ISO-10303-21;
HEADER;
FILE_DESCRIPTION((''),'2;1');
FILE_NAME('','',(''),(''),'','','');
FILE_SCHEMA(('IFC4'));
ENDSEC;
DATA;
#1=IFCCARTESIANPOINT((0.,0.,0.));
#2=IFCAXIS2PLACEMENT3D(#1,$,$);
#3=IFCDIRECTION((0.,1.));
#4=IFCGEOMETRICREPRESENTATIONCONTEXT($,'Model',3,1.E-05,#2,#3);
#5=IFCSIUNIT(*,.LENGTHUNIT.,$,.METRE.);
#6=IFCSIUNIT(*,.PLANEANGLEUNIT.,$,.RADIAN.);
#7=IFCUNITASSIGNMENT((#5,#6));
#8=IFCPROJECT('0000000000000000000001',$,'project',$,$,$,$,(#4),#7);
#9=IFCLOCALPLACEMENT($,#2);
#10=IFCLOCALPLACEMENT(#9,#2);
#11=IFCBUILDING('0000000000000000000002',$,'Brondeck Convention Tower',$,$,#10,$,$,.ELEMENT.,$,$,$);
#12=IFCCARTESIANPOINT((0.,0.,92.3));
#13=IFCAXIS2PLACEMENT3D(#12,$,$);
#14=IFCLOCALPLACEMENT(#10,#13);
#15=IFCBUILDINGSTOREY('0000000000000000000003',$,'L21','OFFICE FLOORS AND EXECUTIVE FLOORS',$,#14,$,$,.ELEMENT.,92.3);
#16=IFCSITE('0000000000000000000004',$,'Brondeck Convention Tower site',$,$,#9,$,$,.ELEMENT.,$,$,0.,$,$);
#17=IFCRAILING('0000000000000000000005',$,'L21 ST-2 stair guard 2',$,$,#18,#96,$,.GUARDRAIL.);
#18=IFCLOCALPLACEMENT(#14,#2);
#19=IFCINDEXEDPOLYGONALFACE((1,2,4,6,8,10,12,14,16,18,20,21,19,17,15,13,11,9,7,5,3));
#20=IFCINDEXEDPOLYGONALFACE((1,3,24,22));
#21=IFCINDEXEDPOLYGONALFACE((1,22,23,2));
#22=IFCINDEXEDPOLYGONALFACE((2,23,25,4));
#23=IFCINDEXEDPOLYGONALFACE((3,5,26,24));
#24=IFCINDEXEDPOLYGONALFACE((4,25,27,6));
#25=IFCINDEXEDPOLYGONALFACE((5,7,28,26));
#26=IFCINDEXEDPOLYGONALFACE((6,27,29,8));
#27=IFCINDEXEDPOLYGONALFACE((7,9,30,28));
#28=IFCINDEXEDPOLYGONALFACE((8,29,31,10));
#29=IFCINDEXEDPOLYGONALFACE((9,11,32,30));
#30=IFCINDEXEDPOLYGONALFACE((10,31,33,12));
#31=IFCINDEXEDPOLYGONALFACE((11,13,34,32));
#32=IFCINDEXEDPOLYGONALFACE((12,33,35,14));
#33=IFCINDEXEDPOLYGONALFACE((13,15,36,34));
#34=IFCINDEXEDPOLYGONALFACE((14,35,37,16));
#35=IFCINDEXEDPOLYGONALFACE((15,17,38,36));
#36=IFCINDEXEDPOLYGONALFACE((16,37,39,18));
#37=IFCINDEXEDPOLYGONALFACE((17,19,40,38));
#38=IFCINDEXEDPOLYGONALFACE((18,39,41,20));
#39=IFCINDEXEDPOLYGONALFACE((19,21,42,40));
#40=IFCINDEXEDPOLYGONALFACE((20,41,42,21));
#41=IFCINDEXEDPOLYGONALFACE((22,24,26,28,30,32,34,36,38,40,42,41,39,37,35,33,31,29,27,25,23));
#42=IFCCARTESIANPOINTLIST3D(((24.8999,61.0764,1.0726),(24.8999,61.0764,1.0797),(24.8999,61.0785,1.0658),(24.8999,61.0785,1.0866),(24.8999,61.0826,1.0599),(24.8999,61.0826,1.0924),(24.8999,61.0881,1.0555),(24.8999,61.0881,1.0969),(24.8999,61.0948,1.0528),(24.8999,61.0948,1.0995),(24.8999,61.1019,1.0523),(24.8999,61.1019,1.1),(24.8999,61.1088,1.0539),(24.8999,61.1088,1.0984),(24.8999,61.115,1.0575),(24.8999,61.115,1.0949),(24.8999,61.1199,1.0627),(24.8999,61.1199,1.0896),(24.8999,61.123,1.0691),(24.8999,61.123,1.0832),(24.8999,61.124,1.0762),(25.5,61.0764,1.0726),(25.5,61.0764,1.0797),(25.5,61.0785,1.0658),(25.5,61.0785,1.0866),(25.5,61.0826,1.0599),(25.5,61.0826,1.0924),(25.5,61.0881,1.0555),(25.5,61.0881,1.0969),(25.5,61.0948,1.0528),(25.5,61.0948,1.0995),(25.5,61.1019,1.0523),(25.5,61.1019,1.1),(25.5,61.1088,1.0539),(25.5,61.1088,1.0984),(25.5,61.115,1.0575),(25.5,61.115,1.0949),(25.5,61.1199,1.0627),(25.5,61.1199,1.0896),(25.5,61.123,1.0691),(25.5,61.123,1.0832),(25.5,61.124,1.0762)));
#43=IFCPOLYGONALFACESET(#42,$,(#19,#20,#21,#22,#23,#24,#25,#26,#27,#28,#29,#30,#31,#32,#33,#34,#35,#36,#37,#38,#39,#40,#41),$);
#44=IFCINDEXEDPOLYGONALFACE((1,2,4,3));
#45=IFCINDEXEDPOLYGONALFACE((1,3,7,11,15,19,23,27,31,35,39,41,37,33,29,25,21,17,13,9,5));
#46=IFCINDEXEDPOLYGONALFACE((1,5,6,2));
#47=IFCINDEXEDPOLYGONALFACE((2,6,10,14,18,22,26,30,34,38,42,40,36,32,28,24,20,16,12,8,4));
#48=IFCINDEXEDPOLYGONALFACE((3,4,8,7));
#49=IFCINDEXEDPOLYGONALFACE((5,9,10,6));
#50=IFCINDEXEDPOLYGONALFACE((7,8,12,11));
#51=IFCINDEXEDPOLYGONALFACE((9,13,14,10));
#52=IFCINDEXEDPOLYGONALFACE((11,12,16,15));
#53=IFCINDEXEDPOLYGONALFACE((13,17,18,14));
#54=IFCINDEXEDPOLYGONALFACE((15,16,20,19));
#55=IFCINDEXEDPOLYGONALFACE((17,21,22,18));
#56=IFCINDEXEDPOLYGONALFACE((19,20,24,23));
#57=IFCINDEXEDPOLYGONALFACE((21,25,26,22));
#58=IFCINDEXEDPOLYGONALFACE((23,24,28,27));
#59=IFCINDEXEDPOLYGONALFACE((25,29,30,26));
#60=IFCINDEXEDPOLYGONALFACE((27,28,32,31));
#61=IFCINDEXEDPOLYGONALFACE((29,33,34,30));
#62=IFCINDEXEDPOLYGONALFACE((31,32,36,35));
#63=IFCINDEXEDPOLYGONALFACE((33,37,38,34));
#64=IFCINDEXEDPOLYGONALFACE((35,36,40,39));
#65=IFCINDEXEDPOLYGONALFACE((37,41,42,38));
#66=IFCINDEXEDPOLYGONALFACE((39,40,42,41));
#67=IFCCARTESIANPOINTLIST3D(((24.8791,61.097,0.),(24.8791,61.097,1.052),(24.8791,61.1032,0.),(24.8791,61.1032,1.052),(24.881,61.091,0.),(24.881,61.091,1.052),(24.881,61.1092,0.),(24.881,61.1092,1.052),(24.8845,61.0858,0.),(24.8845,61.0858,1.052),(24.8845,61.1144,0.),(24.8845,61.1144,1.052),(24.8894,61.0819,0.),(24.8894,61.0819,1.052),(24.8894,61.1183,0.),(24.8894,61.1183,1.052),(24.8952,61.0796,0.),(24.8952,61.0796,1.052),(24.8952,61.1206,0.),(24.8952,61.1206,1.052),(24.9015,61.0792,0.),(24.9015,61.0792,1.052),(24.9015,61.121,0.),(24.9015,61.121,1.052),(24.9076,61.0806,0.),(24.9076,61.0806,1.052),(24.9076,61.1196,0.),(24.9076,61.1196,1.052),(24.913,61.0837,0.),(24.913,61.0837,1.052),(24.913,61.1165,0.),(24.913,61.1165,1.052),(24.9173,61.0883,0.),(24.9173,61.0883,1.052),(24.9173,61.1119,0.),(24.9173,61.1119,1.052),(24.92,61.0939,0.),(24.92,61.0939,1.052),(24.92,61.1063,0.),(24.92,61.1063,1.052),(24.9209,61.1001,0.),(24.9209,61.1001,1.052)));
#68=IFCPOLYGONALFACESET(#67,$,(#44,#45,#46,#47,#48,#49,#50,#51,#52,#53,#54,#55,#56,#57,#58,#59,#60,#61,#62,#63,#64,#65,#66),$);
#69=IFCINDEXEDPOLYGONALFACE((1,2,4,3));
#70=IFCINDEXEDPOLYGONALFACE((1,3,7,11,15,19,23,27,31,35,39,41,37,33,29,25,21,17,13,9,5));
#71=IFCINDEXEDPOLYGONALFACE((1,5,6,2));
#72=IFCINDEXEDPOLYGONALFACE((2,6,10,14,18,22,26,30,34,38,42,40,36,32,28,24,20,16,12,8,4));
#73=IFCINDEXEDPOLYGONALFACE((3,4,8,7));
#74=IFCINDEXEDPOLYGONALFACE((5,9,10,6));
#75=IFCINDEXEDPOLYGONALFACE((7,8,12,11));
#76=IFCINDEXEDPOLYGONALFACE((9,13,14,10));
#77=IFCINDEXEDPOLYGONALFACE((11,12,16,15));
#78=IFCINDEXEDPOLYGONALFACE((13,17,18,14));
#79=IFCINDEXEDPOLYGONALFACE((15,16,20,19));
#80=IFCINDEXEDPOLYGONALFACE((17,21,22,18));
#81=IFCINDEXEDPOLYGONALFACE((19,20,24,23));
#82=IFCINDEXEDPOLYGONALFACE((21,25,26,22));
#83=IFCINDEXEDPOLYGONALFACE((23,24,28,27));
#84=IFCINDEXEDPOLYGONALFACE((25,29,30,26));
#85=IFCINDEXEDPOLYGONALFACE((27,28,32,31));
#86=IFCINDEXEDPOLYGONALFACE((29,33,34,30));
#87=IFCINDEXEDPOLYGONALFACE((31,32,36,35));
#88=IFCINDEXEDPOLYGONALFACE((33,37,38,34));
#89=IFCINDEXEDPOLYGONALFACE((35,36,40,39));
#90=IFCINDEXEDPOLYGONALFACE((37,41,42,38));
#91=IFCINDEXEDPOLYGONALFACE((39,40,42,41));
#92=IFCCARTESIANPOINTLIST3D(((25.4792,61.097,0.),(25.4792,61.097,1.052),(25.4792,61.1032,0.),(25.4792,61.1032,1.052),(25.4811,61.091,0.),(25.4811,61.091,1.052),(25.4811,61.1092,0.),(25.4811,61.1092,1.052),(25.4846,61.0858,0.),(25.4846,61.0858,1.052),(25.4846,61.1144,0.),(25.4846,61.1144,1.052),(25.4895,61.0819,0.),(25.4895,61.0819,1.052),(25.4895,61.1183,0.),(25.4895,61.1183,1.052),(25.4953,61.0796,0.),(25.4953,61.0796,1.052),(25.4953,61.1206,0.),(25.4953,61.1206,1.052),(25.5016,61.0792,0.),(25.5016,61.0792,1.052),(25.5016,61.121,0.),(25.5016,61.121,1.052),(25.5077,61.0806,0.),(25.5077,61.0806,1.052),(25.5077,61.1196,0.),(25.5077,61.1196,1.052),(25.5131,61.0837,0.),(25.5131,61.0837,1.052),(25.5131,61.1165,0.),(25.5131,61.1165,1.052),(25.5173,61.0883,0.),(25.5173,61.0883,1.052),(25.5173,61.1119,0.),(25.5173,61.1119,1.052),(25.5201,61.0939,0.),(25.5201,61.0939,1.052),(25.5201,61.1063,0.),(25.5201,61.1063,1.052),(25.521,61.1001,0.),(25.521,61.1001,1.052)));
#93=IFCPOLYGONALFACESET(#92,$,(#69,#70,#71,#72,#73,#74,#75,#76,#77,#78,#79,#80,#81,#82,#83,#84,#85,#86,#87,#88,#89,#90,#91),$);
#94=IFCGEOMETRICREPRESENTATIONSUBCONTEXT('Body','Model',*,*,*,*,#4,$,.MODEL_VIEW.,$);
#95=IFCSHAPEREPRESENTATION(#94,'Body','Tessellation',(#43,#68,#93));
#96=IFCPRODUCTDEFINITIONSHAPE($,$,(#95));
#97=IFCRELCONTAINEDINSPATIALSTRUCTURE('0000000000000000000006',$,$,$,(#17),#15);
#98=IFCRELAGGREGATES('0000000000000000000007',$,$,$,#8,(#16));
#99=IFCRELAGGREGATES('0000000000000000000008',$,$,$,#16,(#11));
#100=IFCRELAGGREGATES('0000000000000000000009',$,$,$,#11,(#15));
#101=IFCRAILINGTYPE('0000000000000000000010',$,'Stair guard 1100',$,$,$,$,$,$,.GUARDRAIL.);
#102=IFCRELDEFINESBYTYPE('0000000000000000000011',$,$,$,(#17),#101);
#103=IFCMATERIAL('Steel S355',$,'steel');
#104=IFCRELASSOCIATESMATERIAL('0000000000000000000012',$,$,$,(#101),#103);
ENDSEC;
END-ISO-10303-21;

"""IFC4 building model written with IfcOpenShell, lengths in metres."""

from ifc_helpers import new_model, si_unit, direction, frame, origin, origin_2d, place, context, subcontext, project, spatial, circle, extrude, material, type_object, element, save


model = new_model("IFC4")

# Units and contexts
model_context = context("Model", 3, precision=1e-05, world=origin(), true_north=direction((0.0, 1.0)))
body_context = subcontext(model_context, "Body", "Model", "MODEL_VIEW")
ifc_project = project(units=[si_unit("LENGTHUNIT", "METRE"), si_unit("PLANEANGLEUNIT", "RADIAN")], contexts=[model_context])

# Site, building, storey
site_placement = place(None, origin())
site = spatial("IfcSite", under=ifc_project, at=site_placement, Name="Brondeck Convention Tower site", CompositionType="ELEMENT", RefElevation=0.0)
building_placement = place(site_placement, origin())
building = spatial("IfcBuilding", under=site, at=building_placement, Name="Brondeck Convention Tower", CompositionType="ELEMENT")
storey_placement = place(building_placement, frame((0.0, 0.0, 92.3)))
storey = spatial("IfcBuildingStorey", under=building, at=storey_placement, Name="L21", Description="OFFICE FLOORS AND EXECUTIVE FLOORS", CompositionType="ELEMENT", Elevation=92.3)

# Shared definitions
ifc_material_1 = material(Name="Steel S355", Category="steel")

# Railing
railing_type_1 = type_object("IfcRailingType", Name="Stair guard 1100", PredefinedType="GUARDRAIL", material=ifc_material_1)
railing_1_placement = place(storey_placement, frame((24.8999, 61.1001, 0.0)))
element("IfcRailing", 1, at=railing_1_placement, inside=storey, type_object=railing_type_1, Name="L21 ST-2 stair guard 2", PredefinedType="GUARDRAIL", context=body_context, shape_type="SweptSolid", body=[
    extrude(circle(Radius=0.0239, at=origin_2d()), frame((0.0, 0.0, 1.0762), z_axis=(1.0, 0.0, 0.0), x_axis=(0.0, 1.0, 0.0)), (0.0, 0.0, 1.0), 0.6001),
    extrude(circle(Radius=0.021, at=origin_2d()), origin(), (0.0, 0.0, 1.0), 1.052),
    extrude(circle(Radius=0.021, at=origin_2d()), frame((0.6001, 0.0, 0.0)), (0.0, 0.0, 1.0), 1.052),
])

save(model, "model.ifc")
